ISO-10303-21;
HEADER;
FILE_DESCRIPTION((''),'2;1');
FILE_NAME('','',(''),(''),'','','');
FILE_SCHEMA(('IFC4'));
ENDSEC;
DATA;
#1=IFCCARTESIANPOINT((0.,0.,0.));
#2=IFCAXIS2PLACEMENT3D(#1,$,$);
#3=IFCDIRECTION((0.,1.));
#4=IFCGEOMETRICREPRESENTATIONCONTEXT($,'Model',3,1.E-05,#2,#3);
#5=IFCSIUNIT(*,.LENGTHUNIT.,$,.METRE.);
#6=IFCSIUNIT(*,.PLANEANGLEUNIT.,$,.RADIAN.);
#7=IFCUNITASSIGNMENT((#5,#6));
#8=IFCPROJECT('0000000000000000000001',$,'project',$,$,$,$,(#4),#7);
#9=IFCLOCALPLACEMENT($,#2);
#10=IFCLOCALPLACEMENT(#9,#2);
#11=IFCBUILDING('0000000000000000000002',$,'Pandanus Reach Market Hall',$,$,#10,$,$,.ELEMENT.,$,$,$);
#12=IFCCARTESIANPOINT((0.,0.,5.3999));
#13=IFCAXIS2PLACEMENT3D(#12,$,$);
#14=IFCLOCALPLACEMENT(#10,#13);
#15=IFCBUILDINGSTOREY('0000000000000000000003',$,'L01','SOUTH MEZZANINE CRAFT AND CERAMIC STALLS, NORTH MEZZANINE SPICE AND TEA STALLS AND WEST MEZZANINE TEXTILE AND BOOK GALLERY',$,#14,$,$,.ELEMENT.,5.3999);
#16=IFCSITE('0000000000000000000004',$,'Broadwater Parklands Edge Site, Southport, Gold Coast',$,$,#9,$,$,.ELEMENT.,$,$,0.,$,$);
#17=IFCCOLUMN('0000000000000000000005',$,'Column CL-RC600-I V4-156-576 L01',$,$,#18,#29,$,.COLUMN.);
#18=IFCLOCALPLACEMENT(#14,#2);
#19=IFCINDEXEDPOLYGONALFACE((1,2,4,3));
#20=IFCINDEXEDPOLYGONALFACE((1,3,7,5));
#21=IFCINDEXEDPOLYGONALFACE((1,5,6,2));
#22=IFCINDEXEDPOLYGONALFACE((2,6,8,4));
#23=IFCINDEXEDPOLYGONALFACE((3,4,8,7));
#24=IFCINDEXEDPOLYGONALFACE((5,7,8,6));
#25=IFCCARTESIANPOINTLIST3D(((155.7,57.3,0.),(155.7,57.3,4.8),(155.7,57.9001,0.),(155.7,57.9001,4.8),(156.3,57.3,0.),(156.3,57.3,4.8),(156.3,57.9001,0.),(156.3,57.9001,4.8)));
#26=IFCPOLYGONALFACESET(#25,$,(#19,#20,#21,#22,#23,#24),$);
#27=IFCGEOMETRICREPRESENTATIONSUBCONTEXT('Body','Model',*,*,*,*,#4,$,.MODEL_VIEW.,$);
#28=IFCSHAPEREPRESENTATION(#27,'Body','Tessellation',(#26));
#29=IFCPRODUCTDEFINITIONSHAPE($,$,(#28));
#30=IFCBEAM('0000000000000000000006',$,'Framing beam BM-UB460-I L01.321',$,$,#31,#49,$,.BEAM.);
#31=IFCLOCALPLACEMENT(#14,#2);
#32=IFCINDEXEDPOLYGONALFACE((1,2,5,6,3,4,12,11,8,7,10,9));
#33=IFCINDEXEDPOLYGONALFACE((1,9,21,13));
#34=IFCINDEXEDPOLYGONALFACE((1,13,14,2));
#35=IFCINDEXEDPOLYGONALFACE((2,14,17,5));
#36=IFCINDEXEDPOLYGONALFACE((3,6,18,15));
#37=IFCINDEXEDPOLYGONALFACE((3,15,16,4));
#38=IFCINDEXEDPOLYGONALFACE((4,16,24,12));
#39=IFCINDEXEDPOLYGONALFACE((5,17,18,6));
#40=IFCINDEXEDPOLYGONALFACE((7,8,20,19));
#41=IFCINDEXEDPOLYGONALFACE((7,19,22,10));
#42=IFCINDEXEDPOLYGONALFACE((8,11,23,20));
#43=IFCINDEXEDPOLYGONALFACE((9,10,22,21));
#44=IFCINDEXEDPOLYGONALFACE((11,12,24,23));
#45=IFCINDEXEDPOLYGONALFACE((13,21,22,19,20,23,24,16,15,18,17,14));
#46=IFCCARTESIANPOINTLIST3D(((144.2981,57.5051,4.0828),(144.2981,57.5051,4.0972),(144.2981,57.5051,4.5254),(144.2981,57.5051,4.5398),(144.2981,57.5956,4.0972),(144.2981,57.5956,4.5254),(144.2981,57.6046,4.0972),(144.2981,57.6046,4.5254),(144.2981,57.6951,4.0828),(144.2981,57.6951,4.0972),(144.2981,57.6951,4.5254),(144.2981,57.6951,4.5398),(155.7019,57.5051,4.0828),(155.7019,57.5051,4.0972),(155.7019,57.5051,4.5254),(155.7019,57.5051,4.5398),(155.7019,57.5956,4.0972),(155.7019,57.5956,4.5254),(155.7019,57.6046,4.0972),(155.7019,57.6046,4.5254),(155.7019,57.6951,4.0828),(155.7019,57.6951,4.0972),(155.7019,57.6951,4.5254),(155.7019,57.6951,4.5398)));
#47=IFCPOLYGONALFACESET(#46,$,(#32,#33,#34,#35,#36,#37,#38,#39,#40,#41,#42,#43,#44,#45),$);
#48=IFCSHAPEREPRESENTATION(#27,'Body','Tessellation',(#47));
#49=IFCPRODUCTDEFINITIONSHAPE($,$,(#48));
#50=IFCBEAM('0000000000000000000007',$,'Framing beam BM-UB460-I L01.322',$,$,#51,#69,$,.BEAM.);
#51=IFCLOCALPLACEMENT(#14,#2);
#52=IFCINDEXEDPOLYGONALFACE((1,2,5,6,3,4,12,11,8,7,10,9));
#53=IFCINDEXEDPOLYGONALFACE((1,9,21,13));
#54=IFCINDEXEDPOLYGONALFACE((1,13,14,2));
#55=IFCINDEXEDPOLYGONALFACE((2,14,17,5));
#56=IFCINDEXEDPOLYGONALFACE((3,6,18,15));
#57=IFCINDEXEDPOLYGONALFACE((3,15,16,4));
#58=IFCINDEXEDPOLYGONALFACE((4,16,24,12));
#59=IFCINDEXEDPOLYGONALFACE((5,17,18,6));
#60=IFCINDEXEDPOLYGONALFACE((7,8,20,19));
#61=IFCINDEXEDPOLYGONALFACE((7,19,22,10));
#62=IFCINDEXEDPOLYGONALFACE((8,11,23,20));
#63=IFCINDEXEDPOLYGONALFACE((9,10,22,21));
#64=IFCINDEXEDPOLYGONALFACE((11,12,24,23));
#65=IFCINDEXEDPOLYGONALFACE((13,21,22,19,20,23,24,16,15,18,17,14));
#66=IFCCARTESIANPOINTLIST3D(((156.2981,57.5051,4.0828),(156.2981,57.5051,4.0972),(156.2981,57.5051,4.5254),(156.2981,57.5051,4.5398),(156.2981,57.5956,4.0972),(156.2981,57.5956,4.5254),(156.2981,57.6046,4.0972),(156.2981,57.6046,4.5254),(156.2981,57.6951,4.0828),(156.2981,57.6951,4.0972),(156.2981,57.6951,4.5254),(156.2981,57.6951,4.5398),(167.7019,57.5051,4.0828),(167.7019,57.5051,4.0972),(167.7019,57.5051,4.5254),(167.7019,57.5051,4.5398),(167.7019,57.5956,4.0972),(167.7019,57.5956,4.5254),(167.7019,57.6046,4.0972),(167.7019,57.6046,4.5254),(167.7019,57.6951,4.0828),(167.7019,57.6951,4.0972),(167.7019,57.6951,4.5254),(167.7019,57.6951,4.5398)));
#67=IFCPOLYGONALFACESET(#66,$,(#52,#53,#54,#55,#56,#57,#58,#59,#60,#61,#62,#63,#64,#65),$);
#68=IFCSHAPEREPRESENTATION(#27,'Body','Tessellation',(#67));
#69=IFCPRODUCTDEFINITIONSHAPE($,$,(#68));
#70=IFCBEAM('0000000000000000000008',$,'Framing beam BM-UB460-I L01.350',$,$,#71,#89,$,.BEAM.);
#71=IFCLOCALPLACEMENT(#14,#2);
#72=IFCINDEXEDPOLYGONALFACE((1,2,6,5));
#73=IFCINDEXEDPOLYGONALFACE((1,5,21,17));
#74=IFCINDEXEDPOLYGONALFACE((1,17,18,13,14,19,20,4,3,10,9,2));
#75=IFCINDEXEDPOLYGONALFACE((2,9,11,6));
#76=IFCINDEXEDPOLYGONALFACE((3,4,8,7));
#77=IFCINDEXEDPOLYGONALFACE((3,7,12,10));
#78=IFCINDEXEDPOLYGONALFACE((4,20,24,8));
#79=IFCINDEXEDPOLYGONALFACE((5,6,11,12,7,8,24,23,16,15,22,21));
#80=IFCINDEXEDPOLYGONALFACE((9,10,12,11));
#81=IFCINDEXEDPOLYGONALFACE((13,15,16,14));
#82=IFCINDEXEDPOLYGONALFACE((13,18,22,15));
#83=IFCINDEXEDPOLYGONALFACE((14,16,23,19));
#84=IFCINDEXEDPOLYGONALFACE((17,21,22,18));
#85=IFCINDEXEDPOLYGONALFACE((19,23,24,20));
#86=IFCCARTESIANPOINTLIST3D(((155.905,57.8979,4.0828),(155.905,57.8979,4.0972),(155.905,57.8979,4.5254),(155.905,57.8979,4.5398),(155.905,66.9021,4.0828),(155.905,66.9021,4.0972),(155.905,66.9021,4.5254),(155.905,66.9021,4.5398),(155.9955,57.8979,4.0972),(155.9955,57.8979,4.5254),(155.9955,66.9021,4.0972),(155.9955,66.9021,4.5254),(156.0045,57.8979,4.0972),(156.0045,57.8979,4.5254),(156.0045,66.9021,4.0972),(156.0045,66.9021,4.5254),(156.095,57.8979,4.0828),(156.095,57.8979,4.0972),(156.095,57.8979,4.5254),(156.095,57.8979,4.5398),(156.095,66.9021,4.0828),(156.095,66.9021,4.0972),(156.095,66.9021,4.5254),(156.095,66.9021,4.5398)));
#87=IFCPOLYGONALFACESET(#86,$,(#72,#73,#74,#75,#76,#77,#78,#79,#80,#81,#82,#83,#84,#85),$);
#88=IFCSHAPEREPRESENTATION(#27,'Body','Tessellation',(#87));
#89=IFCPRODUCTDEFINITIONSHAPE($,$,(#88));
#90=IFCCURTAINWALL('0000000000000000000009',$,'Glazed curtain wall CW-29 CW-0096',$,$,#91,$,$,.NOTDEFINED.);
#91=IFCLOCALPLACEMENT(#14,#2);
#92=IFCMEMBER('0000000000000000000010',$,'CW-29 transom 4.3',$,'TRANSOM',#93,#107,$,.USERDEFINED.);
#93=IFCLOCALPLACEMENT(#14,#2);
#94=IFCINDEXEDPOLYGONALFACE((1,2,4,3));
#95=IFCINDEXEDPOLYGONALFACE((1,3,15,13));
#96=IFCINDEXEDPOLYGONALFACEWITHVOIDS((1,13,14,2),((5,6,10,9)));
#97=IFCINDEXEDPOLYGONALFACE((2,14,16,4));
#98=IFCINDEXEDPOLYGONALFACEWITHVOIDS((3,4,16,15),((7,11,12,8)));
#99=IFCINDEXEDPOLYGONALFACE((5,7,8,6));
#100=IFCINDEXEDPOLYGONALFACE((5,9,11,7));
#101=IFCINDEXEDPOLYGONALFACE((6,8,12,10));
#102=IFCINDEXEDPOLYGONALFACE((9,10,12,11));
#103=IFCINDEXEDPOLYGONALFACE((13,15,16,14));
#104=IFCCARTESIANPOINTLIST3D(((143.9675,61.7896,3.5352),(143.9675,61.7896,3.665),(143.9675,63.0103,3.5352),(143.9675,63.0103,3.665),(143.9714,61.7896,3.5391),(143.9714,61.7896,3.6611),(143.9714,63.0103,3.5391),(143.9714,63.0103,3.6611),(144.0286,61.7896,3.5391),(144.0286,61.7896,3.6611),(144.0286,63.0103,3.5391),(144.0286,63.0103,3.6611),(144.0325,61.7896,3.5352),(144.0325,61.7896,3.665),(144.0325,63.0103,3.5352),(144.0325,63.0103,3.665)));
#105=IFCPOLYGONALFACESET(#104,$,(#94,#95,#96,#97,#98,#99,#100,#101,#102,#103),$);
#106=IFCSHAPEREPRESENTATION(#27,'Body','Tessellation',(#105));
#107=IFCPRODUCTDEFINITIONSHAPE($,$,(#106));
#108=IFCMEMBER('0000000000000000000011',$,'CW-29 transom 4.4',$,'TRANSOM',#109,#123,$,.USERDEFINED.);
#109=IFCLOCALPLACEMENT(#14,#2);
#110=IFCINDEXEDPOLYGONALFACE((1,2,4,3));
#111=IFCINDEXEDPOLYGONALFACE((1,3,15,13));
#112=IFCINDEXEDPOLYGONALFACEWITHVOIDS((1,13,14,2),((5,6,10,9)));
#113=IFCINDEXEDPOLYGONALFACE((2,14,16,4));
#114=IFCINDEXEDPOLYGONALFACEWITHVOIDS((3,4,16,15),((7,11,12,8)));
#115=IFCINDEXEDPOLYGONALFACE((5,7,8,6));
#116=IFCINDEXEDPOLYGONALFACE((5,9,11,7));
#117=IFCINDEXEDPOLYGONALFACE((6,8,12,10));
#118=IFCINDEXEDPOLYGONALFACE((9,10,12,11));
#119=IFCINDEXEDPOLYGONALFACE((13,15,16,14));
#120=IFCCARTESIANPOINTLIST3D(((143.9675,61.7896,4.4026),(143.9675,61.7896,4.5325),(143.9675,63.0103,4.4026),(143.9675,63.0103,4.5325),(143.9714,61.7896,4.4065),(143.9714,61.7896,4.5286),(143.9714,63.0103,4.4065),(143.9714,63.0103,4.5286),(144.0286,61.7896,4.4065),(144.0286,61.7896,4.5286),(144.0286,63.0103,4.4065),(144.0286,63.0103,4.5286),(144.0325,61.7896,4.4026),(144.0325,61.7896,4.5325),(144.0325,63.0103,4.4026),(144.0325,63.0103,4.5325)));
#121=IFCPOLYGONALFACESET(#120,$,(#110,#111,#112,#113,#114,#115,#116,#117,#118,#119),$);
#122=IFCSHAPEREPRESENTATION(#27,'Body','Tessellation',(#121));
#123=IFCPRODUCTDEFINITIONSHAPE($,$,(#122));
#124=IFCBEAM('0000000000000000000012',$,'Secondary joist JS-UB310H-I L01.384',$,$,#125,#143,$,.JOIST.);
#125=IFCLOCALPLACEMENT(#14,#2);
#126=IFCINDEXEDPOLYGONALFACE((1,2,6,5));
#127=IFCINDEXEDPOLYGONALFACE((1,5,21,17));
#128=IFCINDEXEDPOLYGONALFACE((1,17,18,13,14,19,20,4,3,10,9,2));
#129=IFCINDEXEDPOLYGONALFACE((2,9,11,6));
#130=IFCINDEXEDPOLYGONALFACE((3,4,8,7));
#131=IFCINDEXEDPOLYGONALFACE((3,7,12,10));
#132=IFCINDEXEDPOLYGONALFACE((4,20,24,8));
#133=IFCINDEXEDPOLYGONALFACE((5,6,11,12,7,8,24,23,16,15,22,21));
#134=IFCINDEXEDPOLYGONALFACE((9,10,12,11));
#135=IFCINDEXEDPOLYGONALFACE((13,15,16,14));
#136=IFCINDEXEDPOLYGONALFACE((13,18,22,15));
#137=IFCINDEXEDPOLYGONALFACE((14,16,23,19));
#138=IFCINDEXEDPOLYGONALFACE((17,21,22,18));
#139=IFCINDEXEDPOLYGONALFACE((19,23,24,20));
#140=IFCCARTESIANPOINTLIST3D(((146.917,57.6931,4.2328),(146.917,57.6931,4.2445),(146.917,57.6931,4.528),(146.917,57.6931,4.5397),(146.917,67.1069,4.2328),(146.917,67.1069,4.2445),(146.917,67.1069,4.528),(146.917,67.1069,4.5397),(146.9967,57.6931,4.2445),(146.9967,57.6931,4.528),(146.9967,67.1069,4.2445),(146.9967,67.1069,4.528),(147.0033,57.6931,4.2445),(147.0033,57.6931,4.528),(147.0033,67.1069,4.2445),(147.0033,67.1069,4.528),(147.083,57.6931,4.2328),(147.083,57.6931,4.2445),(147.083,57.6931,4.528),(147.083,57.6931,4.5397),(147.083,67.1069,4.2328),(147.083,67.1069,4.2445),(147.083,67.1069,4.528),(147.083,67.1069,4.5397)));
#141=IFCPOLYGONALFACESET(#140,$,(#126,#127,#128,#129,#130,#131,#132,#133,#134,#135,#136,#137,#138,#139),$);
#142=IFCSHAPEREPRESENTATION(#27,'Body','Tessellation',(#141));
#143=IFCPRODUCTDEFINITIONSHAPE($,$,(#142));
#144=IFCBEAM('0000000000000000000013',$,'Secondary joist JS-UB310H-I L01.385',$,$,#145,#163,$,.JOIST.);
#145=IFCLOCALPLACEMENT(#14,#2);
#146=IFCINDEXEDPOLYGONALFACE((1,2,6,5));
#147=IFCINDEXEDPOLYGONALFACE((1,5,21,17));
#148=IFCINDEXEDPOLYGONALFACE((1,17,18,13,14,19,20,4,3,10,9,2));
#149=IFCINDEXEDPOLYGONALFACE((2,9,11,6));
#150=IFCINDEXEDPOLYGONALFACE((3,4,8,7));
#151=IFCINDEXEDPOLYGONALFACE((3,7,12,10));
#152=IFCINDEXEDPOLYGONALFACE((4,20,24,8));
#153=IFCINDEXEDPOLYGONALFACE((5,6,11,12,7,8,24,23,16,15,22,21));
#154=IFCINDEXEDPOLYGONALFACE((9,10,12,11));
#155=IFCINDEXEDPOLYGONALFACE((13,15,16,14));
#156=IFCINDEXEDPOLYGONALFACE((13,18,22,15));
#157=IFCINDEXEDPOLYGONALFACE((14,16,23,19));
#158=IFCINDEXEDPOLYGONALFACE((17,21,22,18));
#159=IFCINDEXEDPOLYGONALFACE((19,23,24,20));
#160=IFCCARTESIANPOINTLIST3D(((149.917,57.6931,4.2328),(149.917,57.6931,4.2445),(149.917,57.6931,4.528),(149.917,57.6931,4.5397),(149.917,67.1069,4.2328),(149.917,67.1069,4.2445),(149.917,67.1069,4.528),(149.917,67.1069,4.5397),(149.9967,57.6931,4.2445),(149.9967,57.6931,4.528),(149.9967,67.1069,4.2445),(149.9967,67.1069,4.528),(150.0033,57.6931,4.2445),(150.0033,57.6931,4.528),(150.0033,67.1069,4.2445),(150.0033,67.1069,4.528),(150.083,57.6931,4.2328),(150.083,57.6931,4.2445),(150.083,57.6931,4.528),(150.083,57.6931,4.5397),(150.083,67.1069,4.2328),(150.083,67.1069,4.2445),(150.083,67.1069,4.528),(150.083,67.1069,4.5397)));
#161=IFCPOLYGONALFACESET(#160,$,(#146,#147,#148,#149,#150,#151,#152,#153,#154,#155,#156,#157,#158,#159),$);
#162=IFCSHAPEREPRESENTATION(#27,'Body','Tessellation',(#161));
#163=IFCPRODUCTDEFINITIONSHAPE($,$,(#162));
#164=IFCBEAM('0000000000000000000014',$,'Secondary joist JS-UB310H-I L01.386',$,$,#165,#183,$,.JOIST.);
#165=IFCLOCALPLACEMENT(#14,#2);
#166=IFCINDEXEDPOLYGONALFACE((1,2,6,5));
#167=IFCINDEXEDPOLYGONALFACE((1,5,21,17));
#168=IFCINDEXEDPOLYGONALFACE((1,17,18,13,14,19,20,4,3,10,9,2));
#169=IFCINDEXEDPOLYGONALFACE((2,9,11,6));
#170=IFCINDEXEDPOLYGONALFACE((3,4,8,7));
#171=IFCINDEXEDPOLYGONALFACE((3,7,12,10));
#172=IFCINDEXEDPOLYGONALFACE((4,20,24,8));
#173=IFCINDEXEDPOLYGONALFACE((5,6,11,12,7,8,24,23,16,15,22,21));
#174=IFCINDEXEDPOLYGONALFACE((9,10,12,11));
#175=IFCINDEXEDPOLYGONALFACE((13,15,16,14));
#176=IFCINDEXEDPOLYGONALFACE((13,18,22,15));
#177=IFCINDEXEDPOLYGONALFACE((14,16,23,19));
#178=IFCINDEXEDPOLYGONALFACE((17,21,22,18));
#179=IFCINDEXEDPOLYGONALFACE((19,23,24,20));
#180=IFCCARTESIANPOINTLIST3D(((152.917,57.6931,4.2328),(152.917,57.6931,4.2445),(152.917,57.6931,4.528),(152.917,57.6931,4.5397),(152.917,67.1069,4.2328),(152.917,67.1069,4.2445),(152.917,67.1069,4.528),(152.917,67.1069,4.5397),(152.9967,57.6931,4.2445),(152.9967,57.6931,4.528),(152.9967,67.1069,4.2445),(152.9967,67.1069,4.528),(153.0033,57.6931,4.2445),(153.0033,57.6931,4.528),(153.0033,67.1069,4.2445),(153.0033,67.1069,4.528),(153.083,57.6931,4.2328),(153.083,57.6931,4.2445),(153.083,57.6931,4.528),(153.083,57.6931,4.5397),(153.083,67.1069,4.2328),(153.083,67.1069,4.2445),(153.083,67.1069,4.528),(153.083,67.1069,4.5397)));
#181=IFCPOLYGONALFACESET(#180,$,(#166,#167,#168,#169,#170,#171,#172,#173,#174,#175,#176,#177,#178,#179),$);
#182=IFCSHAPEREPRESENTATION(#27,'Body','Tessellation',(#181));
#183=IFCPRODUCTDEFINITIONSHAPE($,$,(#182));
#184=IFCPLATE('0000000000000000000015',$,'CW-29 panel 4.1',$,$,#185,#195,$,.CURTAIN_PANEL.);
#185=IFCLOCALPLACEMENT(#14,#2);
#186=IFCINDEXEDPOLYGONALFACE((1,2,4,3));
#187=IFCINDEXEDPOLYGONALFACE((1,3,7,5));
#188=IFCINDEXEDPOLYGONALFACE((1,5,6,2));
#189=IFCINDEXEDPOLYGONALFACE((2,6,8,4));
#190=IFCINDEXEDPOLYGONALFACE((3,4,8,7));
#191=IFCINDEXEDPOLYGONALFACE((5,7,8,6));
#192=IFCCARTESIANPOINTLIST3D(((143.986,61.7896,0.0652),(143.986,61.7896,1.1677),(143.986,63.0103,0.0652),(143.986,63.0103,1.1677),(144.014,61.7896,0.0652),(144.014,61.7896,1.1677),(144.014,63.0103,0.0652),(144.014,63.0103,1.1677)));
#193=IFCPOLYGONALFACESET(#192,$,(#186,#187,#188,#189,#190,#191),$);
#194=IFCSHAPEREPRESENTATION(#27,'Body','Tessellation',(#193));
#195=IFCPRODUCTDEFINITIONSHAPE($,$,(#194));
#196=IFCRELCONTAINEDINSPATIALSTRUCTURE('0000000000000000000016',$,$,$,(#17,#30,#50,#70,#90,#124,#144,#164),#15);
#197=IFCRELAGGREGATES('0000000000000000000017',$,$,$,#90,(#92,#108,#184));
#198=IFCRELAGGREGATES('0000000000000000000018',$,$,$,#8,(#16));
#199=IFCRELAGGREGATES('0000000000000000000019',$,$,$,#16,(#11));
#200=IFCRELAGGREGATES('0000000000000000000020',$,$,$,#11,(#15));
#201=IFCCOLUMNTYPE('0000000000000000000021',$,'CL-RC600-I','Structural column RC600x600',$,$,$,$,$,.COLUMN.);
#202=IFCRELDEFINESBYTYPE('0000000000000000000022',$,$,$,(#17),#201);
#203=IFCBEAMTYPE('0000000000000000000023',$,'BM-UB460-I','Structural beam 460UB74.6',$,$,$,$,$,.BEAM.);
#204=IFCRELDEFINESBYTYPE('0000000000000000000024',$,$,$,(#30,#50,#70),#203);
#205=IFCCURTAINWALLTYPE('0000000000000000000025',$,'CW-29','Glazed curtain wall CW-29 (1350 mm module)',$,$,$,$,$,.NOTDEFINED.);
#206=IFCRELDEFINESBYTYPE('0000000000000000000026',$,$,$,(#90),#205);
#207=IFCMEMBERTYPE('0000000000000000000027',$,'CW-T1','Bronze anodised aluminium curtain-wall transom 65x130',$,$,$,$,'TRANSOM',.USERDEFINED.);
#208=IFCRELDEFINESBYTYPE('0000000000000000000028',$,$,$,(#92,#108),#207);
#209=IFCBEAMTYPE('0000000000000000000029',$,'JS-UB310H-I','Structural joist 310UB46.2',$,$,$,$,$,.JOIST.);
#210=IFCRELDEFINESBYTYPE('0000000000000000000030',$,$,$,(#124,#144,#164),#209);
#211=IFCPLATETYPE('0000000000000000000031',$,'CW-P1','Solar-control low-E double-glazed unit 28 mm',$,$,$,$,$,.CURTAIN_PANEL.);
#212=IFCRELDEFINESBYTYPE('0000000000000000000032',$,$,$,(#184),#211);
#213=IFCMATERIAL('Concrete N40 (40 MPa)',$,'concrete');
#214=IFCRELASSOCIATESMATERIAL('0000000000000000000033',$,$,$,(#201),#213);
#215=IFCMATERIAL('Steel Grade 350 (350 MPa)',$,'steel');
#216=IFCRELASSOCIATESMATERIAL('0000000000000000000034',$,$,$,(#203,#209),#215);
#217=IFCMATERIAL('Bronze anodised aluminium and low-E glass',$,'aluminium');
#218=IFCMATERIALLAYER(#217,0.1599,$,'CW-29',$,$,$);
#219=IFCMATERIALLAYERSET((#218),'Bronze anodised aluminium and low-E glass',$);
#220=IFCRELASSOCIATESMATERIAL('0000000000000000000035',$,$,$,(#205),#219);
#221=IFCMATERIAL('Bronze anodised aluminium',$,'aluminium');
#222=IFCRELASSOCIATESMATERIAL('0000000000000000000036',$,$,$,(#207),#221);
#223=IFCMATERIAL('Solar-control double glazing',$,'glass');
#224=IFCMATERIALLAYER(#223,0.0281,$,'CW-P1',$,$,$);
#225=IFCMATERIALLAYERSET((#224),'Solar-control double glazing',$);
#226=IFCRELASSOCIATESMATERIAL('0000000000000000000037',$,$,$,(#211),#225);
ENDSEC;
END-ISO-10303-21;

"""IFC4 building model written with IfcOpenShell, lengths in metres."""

from ifc_helpers import new_model, si_unit, direction, frame, origin, origin_2d, place, context, subcontext, project, spatial, rectangle, hollow_rectangle, i_section, extrude, material, layer, layer_set, material_profile, profile_set, type_object, element, aggregate, save


model = new_model("IFC4")

# Units and contexts
model_context = context("Model", 3, precision=1e-05, world=origin(), true_north=direction((0.0, 1.0)))
body_context = subcontext(model_context, "Body", "Model", "MODEL_VIEW")
ifc_project = project(units=[si_unit("LENGTHUNIT", "METRE"), si_unit("PLANEANGLEUNIT", "RADIAN")], contexts=[model_context])

# Site, building, storey
site_placement = place(None, origin())
site = spatial("IfcSite", under=ifc_project, at=site_placement, Name="Broadwater Parklands Edge Site, Southport, Gold Coast", CompositionType="ELEMENT", RefElevation=0.0)
building_placement = place(site_placement, origin())
building = spatial("IfcBuilding", under=site, at=building_placement, Name="Pandanus Reach Market Hall", CompositionType="ELEMENT")
storey_placement = place(building_placement, frame((0.0, 0.0, 5.3999)))
storey = spatial("IfcBuildingStorey", under=building, at=storey_placement, Name="L01", Description="SOUTH MEZZANINE CRAFT AND CERAMIC STALLS, NORTH MEZZANINE SPICE AND TEA STALLS AND WEST MEZZANINE TEXTILE AND BOOK GALLERY", CompositionType="ELEMENT", Elevation=5.3999)

# Column
ifc_material_1 = material(Name="Concrete N40 (40 MPa)", Category="concrete")
ifc_material_profile_1 = material_profile(ifc_material_1, rectangle(XDim=0.6001, YDim=0.6001, at=origin_2d()), Name="RC600x600", Category="LoadBearing")
ifc_profile_set_1 = profile_set([ifc_material_profile_1], Name="Concrete N40 (40 MPa)")
column_type = type_object("IfcColumnType", Name="CL-RC600-I", Description="Structural column RC600x600", PredefinedType="COLUMN", material=ifc_profile_set_1)
column_placement = place(storey_placement, frame((156.0, 57.6001, 0.0), z_axis=(0.0, 0.0, 1.0), x_axis=(1.0, 0.0, 0.0)))
element("IfcColumn", 1, at=column_placement, inside=storey, type_object=column_type, Name="Column CL-RC600-I V4-156-576 L01", PredefinedType="COLUMN", context=body_context, shape_type="SweptSolid", body=[
    extrude(rectangle(XDim=0.6001, YDim=0.6001, at=origin_2d()), origin(), (0.0, 0.0, 1.0), 4.8),
])

# Beams
ifc_material_2 = material(Name="Steel Grade 350 (350 MPa)", Category="steel")
ifc_material_profile_2 = material_profile(ifc_material_2, i_section(OverallWidth=0.1899, OverallDepth=0.457, WebThickness=0.009, FlangeThickness=0.0144, at=origin_2d()), Name="460UB74.6", Category="LoadBearing")
ifc_profile_set_2 = profile_set([ifc_material_profile_2], Name="Steel Grade 350 (350 MPa)")
beam_type_1 = type_object("IfcBeamType", Name="BM-UB460-I", Description="Structural beam 460UB74.6", PredefinedType="BEAM", material=ifc_profile_set_2)
for number, where, z_axis, x_axis, name in (
    (2, (144.2981, 57.6001, 4.3113), (1.0, 0.0, 0.0), (0.0, 1.0, 0.0), "Framing beam BM-UB460-I L01.321"),
    (3, (156.2981, 57.6001, 4.3113), (1.0, 0.0, 0.0), (0.0, 1.0, 0.0), "Framing beam BM-UB460-I L01.322"),
):
    element("IfcBeam", number, at=place(storey_placement, frame(where, z_axis=z_axis, x_axis=x_axis)), inside=storey, type_object=beam_type_1, Name=name, PredefinedType="BEAM", context=body_context, shape_type="SweptSolid", body=[
        extrude(i_section(OverallWidth=0.1899, OverallDepth=0.457, WebThickness=0.009, FlangeThickness=0.0144, at=origin_2d()), origin(), (0.0, 0.0, 1.0), 11.4038),
    ])
beam_placement = place(storey_placement, frame((156.0, 57.8979, 4.3113), z_axis=(0.0, 1.0, 0.0), x_axis=(-1.0, 0.0, 0.0)))
element("IfcBeam", 4, at=beam_placement, inside=storey, type_object=beam_type_1, Name="Framing beam BM-UB460-I L01.350", PredefinedType="BEAM", context=body_context, shape_type="SweptSolid", body=[
    extrude(i_section(OverallWidth=0.1899, OverallDepth=0.457, WebThickness=0.009, FlangeThickness=0.0144, at=origin_2d()), origin(), (0.0, 0.0, 1.0), 9.0042),
])

# Curtain wall, members
ifc_material_3 = material(Name="Bronze anodised aluminium and low-E glass", Category="aluminium")
ifc_layer_1 = layer(ifc_material_3, 0.1599, Name="CW-29")
ifc_layer_set_1 = layer_set([ifc_layer_1], Name="Bronze anodised aluminium and low-E glass")
curtain_wall_type = type_object("IfcCurtainWallType", Name="CW-29", Description="Glazed curtain wall CW-29 (1350 mm module)", PredefinedType="NOTDEFINED", material=ifc_layer_set_1)
curtain_wall_placement = place(storey_placement, origin())
curtain_wall = element("IfcCurtainWall", 5, at=curtain_wall_placement, inside=storey, type_object=curtain_wall_type, Name="Glazed curtain wall CW-29 CW-0096", PredefinedType="NOTDEFINED")
ifc_material_4 = material(Name="Bronze anodised aluminium", Category="aluminium")
ifc_material_profile_3 = material_profile(ifc_material_4, hollow_rectangle(XDim=0.0649, YDim=0.1299, WallThickness=0.0039, at=origin_2d()), Name="ALU65x130", Category="LoadBearing")
ifc_profile_set_3 = profile_set([ifc_material_profile_3], Name="Bronze anodised aluminium")
member_type = type_object("IfcMemberType", Name="CW-T1", Description="Bronze anodised aluminium curtain-wall transom 65x130", ElementType="TRANSOM", PredefinedType="USERDEFINED", material=ifc_profile_set_3)
member_1_placement = place(storey_placement, frame((144.0, 61.7896, 3.6001), z_axis=(0.0, 1.0, 0.0), x_axis=(-1.0, 0.0, 0.0)))
member_1 = element("IfcMember", 6, at=member_1_placement, type_object=member_type, Name="CW-29 transom 4.3", ObjectType="TRANSOM", PredefinedType="USERDEFINED", context=body_context, shape_type="SweptSolid", body=[
    extrude(hollow_rectangle(XDim=0.0649, YDim=0.1299, WallThickness=0.0039, at=origin_2d()), origin(), (0.0, 0.0, 1.0), 1.2207),
])
member_2_placement = place(storey_placement, frame((144.0, 61.7896, 4.4675), z_axis=(0.0, 1.0, 0.0), x_axis=(-1.0, 0.0, 0.0)))
member_2 = element("IfcMember", 7, at=member_2_placement, type_object=member_type, Name="CW-29 transom 4.4", ObjectType="TRANSOM", PredefinedType="USERDEFINED", context=body_context, shape_type="SweptSolid", body=[
    extrude(hollow_rectangle(XDim=0.0649, YDim=0.1299, WallThickness=0.0039, at=origin_2d()), origin(), (0.0, 0.0, 1.0), 1.2207),
])

# Beams
ifc_material_profile_4 = material_profile(ifc_material_2, i_section(OverallWidth=0.166, OverallDepth=0.3069, WebThickness=0.0066, FlangeThickness=0.0117, at=origin_2d()), Name="310UB46.2", Category="LoadBearing")
ifc_profile_set_4 = profile_set([ifc_material_profile_4], Name="Steel Grade 350 (350 MPa)")
beam_type_2 = type_object("IfcBeamType", Name="JS-UB310H-I", Description="Structural joist 310UB46.2", PredefinedType="JOIST", material=ifc_profile_set_4)
for number, where, z_axis, x_axis, name in (
    (8, (147.0, 57.6931, 4.3862), (0.0, 1.0, 0.0), (-1.0, 0.0, 0.0), "Secondary joist JS-UB310H-I L01.384"),
    (9, (150.0, 57.6931, 4.3862), (0.0, 1.0, 0.0), (-1.0, 0.0, 0.0), "Secondary joist JS-UB310H-I L01.385"),
    (10, (153.0, 57.6931, 4.3862), (0.0, 1.0, 0.0), (-1.0, 0.0, 0.0), "Secondary joist JS-UB310H-I L01.386"),
):
    element("IfcBeam", number, at=place(storey_placement, frame(where, z_axis=z_axis, x_axis=x_axis)), inside=storey, type_object=beam_type_2, Name=name, PredefinedType="JOIST", context=body_context, shape_type="SweptSolid", body=[
        extrude(i_section(OverallWidth=0.166, OverallDepth=0.3069, WebThickness=0.0066, FlangeThickness=0.0117, at=origin_2d()), origin(), (0.0, 0.0, 1.0), 9.4138),
    ])

# Plate
ifc_material_5 = material(Name="Solar-control double glazing", Category="glass")
ifc_layer_2 = layer(ifc_material_5, 0.0281, Name="CW-P1")
ifc_layer_set_2 = layer_set([ifc_layer_2], Name="Solar-control double glazing")
plate_type = type_object("IfcPlateType", Name="CW-P1", Description="Solar-control low-E double-glazed unit 28 mm", PredefinedType="CURTAIN_PANEL", material=ifc_layer_set_2)
plate_1_placement = place(storey_placement, frame((144.0, 62.3999, 0.0652), z_axis=(0.0, 0.0, 1.0), x_axis=(0.0, 1.0, 0.0)))
plate_1 = element("IfcPlate", 11, at=plate_1_placement, type_object=plate_type, Name="CW-29 panel 4.1", PredefinedType="CURTAIN_PANEL", context=body_context, shape_type="SweptSolid", body=[
    extrude(rectangle(XDim=1.2207, YDim=0.0281, at=origin_2d()), origin(), (0.0, 0.0, 1.0), 1.1025),
])
aggregate(curtain_wall, [member_1, member_2, plate_1])

save(model, "model.ifc")
